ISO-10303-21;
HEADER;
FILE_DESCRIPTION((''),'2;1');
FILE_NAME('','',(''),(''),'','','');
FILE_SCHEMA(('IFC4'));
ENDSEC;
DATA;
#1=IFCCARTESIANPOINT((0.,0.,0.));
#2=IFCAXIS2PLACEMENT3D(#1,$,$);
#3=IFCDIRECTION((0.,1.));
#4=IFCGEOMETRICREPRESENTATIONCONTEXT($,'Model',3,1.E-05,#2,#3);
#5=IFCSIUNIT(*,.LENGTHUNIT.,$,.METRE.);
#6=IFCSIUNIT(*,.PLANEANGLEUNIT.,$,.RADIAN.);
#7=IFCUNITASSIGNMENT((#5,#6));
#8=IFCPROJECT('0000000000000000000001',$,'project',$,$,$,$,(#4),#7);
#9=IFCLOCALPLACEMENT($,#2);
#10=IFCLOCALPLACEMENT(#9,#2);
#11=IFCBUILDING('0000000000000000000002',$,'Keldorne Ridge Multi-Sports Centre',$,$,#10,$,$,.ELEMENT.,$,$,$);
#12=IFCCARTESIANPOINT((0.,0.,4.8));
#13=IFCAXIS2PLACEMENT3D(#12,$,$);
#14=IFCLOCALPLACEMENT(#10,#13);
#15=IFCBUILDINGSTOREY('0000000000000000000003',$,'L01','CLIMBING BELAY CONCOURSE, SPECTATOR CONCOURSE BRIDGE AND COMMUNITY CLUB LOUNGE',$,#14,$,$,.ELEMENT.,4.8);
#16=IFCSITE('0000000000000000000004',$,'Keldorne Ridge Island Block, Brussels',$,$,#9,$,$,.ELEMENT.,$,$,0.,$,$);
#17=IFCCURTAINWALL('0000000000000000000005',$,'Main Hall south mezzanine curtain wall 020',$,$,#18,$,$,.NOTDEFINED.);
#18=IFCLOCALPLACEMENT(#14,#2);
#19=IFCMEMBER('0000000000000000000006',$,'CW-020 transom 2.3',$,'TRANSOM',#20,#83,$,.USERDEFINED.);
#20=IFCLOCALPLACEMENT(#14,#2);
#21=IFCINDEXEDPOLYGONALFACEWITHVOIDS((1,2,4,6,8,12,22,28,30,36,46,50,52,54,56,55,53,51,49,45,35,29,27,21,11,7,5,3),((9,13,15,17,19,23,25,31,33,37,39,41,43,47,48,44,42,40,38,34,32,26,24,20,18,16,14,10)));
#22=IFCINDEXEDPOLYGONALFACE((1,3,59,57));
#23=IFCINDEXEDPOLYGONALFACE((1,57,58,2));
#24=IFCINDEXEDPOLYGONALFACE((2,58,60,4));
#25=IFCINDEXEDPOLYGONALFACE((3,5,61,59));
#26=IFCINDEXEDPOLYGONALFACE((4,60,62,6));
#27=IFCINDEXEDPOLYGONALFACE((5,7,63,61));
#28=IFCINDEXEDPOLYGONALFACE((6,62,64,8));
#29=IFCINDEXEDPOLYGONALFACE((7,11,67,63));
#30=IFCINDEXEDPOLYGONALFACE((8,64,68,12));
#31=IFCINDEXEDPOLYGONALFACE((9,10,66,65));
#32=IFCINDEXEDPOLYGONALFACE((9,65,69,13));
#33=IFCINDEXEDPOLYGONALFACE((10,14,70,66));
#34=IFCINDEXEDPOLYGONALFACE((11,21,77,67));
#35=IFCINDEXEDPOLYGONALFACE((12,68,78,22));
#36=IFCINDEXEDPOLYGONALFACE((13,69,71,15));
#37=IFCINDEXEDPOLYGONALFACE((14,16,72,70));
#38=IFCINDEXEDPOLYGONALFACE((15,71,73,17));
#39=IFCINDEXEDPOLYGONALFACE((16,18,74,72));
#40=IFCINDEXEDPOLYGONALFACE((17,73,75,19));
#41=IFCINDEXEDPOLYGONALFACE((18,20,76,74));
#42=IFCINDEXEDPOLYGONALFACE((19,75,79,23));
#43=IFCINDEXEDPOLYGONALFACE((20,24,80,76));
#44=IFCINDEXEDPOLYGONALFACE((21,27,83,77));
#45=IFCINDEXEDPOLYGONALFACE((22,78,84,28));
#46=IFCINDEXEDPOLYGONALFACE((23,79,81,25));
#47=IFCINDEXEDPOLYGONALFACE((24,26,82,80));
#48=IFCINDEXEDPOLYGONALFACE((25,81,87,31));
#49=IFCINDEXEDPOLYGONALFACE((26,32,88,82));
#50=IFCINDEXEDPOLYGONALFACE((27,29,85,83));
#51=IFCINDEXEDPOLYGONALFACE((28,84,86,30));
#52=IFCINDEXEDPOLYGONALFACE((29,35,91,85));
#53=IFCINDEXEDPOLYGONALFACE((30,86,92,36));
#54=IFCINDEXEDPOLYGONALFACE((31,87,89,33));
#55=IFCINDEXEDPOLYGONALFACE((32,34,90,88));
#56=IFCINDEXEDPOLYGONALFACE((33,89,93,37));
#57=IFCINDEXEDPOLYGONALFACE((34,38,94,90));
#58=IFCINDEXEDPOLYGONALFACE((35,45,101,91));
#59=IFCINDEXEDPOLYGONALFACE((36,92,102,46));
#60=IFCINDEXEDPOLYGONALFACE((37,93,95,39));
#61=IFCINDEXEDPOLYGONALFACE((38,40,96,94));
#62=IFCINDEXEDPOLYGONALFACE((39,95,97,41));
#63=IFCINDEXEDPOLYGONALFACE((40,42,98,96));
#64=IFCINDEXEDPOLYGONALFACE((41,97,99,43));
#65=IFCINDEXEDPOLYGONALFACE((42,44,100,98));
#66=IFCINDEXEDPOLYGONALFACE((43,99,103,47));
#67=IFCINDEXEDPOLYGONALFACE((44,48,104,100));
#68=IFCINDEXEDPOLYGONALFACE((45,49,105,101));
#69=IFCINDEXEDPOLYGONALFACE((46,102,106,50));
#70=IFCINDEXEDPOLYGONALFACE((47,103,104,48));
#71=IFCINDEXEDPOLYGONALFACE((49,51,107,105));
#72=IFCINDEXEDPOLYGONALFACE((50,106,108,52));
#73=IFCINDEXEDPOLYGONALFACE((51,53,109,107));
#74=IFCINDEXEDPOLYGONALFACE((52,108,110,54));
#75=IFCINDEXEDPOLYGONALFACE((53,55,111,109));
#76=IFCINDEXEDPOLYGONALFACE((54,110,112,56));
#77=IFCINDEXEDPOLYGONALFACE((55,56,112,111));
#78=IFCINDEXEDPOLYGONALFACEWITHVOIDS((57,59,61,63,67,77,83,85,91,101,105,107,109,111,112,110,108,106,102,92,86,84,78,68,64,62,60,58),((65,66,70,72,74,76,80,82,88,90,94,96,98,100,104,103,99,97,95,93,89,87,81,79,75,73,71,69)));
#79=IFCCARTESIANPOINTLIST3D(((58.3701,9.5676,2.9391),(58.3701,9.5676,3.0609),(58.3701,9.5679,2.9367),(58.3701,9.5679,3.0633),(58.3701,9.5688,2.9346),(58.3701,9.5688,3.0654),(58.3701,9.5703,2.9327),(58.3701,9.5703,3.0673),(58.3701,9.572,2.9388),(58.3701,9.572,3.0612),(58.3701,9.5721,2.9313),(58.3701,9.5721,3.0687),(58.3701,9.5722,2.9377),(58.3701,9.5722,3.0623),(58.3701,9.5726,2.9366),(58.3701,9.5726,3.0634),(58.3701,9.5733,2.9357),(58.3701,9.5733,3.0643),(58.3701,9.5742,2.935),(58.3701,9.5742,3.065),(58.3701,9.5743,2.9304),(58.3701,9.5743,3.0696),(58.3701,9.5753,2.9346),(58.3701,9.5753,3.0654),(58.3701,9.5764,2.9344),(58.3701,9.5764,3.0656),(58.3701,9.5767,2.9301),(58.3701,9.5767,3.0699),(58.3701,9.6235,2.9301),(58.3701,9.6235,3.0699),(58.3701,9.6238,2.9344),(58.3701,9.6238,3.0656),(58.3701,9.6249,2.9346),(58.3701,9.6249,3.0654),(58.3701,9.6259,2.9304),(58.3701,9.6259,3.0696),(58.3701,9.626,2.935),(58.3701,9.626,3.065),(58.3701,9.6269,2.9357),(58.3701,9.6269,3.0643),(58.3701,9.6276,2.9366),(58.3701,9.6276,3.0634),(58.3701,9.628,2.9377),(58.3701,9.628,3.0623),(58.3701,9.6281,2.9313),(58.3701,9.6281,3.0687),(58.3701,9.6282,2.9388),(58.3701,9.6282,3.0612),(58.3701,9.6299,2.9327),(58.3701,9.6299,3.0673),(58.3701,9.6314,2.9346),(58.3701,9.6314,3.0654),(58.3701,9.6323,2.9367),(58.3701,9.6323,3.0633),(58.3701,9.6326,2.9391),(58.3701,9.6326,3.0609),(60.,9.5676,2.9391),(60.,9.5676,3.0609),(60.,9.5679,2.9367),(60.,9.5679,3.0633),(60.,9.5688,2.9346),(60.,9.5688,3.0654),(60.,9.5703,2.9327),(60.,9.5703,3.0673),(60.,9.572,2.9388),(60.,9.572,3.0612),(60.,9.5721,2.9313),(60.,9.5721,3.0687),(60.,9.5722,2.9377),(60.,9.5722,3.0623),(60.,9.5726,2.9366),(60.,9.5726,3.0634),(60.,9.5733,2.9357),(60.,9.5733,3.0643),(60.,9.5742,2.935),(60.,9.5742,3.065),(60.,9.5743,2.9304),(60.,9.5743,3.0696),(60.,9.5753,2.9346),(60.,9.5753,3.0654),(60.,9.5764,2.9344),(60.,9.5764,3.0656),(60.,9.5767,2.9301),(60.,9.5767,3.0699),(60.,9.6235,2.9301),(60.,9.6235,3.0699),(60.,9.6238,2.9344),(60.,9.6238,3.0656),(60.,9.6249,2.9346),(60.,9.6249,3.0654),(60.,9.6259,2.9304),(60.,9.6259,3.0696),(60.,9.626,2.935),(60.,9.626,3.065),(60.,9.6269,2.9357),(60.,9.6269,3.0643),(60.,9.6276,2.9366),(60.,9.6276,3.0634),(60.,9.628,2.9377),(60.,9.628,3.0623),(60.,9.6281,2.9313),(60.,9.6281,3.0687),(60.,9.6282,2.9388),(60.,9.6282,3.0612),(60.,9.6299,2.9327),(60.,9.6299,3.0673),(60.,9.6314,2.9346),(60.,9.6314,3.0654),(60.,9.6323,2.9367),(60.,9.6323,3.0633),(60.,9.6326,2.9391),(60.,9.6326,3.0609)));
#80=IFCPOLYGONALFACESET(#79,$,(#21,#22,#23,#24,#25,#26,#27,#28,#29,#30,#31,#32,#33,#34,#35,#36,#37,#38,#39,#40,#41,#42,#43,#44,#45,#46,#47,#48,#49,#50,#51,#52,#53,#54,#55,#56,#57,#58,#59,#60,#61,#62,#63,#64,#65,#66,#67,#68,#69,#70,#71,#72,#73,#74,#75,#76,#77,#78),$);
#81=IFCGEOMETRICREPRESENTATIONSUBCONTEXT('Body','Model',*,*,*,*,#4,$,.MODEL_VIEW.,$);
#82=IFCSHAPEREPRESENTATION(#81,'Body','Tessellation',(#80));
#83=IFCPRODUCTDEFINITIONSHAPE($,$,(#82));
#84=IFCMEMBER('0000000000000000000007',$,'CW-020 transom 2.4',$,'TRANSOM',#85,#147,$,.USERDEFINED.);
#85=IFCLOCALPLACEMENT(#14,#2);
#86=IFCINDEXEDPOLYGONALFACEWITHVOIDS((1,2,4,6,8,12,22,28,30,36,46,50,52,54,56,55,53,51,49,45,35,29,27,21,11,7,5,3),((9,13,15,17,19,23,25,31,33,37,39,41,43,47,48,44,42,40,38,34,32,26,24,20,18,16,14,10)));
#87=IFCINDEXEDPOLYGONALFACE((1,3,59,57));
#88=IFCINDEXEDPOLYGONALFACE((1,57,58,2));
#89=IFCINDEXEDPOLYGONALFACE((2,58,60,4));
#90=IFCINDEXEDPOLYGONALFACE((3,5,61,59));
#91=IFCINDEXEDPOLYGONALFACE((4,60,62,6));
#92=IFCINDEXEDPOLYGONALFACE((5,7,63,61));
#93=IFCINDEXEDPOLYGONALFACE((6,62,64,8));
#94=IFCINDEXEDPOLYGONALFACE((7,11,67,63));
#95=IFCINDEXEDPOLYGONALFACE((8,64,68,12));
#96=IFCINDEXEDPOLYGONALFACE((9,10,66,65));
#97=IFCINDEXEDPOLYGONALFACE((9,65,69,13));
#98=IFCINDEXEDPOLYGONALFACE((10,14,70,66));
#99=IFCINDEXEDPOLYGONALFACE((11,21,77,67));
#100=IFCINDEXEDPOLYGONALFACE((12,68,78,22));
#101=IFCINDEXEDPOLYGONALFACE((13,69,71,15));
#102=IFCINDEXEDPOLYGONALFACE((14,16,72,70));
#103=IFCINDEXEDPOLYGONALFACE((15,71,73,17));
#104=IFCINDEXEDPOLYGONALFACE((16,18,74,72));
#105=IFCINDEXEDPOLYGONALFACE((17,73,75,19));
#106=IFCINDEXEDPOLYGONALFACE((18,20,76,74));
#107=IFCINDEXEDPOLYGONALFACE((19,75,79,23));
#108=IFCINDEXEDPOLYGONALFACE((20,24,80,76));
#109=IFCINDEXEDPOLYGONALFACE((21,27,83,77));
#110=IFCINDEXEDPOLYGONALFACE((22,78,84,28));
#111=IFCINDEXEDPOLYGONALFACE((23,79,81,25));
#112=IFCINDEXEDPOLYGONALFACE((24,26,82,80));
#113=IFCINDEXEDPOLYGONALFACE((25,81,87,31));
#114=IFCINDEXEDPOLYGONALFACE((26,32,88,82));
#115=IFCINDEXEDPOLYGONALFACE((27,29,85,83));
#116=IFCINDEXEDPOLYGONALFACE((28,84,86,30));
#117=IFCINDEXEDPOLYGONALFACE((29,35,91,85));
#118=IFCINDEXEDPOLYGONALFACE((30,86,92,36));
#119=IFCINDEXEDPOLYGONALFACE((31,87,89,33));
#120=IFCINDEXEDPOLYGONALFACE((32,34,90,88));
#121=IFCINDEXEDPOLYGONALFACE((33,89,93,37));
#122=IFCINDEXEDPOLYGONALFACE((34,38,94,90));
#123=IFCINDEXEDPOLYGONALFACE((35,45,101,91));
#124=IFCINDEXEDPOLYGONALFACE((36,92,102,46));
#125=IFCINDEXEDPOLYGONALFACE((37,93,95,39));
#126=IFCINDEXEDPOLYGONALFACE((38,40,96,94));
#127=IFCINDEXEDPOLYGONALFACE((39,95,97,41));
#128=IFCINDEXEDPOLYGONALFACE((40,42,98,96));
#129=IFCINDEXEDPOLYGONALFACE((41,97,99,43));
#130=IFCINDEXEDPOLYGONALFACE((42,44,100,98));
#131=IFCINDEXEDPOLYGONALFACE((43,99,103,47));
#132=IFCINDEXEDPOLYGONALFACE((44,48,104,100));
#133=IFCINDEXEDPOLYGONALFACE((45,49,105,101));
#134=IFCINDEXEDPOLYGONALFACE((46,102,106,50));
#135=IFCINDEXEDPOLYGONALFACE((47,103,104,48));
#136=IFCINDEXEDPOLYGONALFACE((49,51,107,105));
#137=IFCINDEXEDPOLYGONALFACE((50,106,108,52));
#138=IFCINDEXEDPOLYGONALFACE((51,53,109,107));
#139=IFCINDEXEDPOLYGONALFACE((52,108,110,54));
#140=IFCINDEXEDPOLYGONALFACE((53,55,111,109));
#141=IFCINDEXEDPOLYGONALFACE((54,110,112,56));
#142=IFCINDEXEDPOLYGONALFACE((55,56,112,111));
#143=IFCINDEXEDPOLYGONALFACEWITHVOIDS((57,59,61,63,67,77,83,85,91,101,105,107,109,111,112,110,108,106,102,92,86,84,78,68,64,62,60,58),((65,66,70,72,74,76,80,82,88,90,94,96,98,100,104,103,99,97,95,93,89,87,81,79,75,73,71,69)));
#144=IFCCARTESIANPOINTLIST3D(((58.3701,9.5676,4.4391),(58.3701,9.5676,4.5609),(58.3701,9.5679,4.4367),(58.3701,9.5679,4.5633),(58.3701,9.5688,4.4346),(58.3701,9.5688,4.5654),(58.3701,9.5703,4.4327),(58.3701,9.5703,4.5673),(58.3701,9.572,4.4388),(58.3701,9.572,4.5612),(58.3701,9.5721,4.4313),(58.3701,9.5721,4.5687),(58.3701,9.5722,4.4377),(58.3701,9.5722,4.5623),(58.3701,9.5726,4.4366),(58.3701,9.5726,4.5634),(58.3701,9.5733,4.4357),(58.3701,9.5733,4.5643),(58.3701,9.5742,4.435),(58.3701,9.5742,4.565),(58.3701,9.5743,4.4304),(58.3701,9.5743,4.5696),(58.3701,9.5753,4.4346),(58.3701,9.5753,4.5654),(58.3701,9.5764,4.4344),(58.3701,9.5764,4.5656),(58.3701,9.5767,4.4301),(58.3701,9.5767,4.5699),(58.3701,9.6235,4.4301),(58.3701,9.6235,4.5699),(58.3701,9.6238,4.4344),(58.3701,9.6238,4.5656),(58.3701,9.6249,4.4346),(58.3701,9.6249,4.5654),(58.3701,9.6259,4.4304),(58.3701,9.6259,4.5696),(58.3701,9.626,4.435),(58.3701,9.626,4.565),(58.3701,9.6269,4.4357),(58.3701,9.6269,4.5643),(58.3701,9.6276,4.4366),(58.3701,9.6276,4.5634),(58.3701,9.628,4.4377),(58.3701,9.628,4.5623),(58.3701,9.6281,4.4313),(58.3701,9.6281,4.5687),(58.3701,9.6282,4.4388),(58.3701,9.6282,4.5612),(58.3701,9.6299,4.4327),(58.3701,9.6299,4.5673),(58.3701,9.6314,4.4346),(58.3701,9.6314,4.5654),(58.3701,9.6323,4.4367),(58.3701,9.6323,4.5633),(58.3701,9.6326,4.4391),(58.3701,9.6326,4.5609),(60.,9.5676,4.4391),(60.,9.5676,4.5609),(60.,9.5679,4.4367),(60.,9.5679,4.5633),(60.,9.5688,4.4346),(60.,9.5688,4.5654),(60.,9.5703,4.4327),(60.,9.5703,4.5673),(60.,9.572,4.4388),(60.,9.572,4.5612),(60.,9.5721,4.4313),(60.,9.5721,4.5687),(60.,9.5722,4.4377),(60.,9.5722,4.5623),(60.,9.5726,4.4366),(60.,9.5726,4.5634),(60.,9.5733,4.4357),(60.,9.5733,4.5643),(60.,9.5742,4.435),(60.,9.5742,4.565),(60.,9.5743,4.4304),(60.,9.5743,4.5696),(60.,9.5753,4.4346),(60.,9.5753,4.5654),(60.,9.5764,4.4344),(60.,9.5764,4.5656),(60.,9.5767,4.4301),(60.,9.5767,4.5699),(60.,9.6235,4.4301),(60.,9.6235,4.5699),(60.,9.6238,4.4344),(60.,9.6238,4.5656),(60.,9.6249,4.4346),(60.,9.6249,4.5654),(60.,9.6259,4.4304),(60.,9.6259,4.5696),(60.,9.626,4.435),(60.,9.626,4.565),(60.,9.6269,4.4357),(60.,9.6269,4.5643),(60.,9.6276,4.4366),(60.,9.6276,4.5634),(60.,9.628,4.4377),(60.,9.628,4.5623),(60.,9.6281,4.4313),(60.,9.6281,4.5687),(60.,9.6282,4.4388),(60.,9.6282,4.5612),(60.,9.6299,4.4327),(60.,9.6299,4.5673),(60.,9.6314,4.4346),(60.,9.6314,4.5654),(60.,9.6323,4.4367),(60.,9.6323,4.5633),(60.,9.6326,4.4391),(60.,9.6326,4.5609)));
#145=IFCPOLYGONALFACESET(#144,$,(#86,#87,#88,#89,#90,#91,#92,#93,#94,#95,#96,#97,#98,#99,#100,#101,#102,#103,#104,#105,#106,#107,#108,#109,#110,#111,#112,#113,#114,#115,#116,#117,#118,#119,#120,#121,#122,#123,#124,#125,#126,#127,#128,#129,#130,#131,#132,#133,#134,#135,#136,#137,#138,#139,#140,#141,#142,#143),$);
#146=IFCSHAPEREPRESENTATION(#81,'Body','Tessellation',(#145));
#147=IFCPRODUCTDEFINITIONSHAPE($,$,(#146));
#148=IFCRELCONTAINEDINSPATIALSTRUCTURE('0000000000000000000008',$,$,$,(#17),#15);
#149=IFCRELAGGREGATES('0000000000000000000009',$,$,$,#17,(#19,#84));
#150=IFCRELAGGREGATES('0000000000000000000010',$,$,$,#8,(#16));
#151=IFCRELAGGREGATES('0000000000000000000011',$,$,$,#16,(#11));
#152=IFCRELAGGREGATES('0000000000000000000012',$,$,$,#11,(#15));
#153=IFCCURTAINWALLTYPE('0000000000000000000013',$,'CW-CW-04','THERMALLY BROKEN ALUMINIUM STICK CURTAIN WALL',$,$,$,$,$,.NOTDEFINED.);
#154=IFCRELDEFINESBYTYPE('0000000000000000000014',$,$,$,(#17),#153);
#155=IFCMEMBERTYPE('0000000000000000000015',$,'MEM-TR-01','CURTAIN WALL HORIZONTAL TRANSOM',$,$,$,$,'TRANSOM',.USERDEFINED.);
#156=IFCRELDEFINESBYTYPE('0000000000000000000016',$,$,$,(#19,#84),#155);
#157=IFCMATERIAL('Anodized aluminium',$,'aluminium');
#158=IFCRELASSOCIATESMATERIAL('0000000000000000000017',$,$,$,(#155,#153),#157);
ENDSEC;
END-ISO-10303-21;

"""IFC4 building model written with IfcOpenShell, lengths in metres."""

from ifc_helpers import new_model, si_unit, direction, frame, origin, origin_2d, place, context, subcontext, project, spatial, hollow_rectangle, extrude, material, material_profile, profile_set, type_object, element, aggregate, save


model = new_model("IFC4")

# Units and contexts
model_context = context("Model", 3, precision=1e-05, world=origin(), true_north=direction((0.0, 1.0)))
body_context = subcontext(model_context, "Body", "Model", "MODEL_VIEW")
ifc_project = project(units=[si_unit("LENGTHUNIT", "METRE"), si_unit("PLANEANGLEUNIT", "RADIAN")], contexts=[model_context])

# Site, building, storey
site_placement = place(None, origin())
site = spatial("IfcSite", under=ifc_project, at=site_placement, Name="Keldorne Ridge Island Block, Brussels", CompositionType="ELEMENT", RefElevation=0.0)
building_placement = place(site_placement, origin())
building = spatial("IfcBuilding", under=site, at=building_placement, Name="Keldorne Ridge Multi-Sports Centre", CompositionType="ELEMENT")
storey_placement = place(building_placement, frame((0.0, 0.0, 4.8)))
storey = spatial("IfcBuildingStorey", under=building, at=storey_placement, Name="L01", Description="CLIMBING BELAY CONCOURSE, SPECTATOR CONCOURSE BRIDGE AND COMMUNITY CLUB LOUNGE", CompositionType="ELEMENT", Elevation=4.8)

# Curtain wall, members
ifc_material_1 = material(Name="Anodized aluminium", Category="aluminium")
ifc_material_profile_1 = material_profile(ifc_material_1, hollow_rectangle(XDim=0.0649, YDim=0.1399, WallThickness=0.0044, InnerFilletRadius=0.0044, OuterFilletRadius=0.009, at=origin_2d()), Name="ALU TRANSOM 140x65x4.5")
ifc_profile_set_1 = profile_set([ifc_material_profile_1], Name="Anodized aluminium")
member_type = type_object("IfcMemberType", Name="MEM-TR-01", Description="CURTAIN WALL HORIZONTAL TRANSOM", ElementType="TRANSOM", PredefinedType="USERDEFINED", material=ifc_profile_set_1)
curtain_wall_type_1 = type_object("IfcCurtainWallType", Name="CW-CW-04", Description="THERMALLY BROKEN ALUMINIUM STICK CURTAIN WALL", PredefinedType="NOTDEFINED", material=ifc_material_1)
curtain_wall_1_placement = place(storey_placement, origin())
curtain_wall_1 = element("IfcCurtainWall", 1, at=curtain_wall_1_placement, inside=storey, type_object=curtain_wall_type_1, Name="Main Hall south mezzanine curtain wall 020", PredefinedType="NOTDEFINED")
member_1_placement = place(storey_placement, frame((58.3701, 9.6001, 3.0), z_axis=(1.0, 0.0, 0.0), x_axis=(0.0, 1.0, 0.0)))
member_1 = element("IfcMember", 2, at=member_1_placement, type_object=member_type, Name="CW-020 transom 2.3", ObjectType="TRANSOM", PredefinedType="USERDEFINED", context=body_context, shape_type="SweptSolid", body=[
    extrude(hollow_rectangle(XDim=0.0649, YDim=0.1399, WallThickness=0.0044, InnerFilletRadius=0.0044, OuterFilletRadius=0.009, at=origin_2d()), origin(), (0.0, 0.0, 1.0), 1.6299),
])
member_2_placement = place(storey_placement, frame((58.3701, 9.6001, 4.5), z_axis=(1.0, 0.0, 0.0), x_axis=(0.0, 1.0, 0.0)))
member_2 = element("IfcMember", 3, at=member_2_placement, type_object=member_type, Name="CW-020 transom 2.4", ObjectType="TRANSOM", PredefinedType="USERDEFINED", context=body_context, shape_type="SweptSolid", body=[
    extrude(hollow_rectangle(XDim=0.0649, YDim=0.1399, WallThickness=0.0044, InnerFilletRadius=0.0044, OuterFilletRadius=0.009, at=origin_2d()), origin(), (0.0, 0.0, 1.0), 1.6299),
])

aggregate(curtain_wall_1, [member_1, member_2])

save(model, "model.ifc")
